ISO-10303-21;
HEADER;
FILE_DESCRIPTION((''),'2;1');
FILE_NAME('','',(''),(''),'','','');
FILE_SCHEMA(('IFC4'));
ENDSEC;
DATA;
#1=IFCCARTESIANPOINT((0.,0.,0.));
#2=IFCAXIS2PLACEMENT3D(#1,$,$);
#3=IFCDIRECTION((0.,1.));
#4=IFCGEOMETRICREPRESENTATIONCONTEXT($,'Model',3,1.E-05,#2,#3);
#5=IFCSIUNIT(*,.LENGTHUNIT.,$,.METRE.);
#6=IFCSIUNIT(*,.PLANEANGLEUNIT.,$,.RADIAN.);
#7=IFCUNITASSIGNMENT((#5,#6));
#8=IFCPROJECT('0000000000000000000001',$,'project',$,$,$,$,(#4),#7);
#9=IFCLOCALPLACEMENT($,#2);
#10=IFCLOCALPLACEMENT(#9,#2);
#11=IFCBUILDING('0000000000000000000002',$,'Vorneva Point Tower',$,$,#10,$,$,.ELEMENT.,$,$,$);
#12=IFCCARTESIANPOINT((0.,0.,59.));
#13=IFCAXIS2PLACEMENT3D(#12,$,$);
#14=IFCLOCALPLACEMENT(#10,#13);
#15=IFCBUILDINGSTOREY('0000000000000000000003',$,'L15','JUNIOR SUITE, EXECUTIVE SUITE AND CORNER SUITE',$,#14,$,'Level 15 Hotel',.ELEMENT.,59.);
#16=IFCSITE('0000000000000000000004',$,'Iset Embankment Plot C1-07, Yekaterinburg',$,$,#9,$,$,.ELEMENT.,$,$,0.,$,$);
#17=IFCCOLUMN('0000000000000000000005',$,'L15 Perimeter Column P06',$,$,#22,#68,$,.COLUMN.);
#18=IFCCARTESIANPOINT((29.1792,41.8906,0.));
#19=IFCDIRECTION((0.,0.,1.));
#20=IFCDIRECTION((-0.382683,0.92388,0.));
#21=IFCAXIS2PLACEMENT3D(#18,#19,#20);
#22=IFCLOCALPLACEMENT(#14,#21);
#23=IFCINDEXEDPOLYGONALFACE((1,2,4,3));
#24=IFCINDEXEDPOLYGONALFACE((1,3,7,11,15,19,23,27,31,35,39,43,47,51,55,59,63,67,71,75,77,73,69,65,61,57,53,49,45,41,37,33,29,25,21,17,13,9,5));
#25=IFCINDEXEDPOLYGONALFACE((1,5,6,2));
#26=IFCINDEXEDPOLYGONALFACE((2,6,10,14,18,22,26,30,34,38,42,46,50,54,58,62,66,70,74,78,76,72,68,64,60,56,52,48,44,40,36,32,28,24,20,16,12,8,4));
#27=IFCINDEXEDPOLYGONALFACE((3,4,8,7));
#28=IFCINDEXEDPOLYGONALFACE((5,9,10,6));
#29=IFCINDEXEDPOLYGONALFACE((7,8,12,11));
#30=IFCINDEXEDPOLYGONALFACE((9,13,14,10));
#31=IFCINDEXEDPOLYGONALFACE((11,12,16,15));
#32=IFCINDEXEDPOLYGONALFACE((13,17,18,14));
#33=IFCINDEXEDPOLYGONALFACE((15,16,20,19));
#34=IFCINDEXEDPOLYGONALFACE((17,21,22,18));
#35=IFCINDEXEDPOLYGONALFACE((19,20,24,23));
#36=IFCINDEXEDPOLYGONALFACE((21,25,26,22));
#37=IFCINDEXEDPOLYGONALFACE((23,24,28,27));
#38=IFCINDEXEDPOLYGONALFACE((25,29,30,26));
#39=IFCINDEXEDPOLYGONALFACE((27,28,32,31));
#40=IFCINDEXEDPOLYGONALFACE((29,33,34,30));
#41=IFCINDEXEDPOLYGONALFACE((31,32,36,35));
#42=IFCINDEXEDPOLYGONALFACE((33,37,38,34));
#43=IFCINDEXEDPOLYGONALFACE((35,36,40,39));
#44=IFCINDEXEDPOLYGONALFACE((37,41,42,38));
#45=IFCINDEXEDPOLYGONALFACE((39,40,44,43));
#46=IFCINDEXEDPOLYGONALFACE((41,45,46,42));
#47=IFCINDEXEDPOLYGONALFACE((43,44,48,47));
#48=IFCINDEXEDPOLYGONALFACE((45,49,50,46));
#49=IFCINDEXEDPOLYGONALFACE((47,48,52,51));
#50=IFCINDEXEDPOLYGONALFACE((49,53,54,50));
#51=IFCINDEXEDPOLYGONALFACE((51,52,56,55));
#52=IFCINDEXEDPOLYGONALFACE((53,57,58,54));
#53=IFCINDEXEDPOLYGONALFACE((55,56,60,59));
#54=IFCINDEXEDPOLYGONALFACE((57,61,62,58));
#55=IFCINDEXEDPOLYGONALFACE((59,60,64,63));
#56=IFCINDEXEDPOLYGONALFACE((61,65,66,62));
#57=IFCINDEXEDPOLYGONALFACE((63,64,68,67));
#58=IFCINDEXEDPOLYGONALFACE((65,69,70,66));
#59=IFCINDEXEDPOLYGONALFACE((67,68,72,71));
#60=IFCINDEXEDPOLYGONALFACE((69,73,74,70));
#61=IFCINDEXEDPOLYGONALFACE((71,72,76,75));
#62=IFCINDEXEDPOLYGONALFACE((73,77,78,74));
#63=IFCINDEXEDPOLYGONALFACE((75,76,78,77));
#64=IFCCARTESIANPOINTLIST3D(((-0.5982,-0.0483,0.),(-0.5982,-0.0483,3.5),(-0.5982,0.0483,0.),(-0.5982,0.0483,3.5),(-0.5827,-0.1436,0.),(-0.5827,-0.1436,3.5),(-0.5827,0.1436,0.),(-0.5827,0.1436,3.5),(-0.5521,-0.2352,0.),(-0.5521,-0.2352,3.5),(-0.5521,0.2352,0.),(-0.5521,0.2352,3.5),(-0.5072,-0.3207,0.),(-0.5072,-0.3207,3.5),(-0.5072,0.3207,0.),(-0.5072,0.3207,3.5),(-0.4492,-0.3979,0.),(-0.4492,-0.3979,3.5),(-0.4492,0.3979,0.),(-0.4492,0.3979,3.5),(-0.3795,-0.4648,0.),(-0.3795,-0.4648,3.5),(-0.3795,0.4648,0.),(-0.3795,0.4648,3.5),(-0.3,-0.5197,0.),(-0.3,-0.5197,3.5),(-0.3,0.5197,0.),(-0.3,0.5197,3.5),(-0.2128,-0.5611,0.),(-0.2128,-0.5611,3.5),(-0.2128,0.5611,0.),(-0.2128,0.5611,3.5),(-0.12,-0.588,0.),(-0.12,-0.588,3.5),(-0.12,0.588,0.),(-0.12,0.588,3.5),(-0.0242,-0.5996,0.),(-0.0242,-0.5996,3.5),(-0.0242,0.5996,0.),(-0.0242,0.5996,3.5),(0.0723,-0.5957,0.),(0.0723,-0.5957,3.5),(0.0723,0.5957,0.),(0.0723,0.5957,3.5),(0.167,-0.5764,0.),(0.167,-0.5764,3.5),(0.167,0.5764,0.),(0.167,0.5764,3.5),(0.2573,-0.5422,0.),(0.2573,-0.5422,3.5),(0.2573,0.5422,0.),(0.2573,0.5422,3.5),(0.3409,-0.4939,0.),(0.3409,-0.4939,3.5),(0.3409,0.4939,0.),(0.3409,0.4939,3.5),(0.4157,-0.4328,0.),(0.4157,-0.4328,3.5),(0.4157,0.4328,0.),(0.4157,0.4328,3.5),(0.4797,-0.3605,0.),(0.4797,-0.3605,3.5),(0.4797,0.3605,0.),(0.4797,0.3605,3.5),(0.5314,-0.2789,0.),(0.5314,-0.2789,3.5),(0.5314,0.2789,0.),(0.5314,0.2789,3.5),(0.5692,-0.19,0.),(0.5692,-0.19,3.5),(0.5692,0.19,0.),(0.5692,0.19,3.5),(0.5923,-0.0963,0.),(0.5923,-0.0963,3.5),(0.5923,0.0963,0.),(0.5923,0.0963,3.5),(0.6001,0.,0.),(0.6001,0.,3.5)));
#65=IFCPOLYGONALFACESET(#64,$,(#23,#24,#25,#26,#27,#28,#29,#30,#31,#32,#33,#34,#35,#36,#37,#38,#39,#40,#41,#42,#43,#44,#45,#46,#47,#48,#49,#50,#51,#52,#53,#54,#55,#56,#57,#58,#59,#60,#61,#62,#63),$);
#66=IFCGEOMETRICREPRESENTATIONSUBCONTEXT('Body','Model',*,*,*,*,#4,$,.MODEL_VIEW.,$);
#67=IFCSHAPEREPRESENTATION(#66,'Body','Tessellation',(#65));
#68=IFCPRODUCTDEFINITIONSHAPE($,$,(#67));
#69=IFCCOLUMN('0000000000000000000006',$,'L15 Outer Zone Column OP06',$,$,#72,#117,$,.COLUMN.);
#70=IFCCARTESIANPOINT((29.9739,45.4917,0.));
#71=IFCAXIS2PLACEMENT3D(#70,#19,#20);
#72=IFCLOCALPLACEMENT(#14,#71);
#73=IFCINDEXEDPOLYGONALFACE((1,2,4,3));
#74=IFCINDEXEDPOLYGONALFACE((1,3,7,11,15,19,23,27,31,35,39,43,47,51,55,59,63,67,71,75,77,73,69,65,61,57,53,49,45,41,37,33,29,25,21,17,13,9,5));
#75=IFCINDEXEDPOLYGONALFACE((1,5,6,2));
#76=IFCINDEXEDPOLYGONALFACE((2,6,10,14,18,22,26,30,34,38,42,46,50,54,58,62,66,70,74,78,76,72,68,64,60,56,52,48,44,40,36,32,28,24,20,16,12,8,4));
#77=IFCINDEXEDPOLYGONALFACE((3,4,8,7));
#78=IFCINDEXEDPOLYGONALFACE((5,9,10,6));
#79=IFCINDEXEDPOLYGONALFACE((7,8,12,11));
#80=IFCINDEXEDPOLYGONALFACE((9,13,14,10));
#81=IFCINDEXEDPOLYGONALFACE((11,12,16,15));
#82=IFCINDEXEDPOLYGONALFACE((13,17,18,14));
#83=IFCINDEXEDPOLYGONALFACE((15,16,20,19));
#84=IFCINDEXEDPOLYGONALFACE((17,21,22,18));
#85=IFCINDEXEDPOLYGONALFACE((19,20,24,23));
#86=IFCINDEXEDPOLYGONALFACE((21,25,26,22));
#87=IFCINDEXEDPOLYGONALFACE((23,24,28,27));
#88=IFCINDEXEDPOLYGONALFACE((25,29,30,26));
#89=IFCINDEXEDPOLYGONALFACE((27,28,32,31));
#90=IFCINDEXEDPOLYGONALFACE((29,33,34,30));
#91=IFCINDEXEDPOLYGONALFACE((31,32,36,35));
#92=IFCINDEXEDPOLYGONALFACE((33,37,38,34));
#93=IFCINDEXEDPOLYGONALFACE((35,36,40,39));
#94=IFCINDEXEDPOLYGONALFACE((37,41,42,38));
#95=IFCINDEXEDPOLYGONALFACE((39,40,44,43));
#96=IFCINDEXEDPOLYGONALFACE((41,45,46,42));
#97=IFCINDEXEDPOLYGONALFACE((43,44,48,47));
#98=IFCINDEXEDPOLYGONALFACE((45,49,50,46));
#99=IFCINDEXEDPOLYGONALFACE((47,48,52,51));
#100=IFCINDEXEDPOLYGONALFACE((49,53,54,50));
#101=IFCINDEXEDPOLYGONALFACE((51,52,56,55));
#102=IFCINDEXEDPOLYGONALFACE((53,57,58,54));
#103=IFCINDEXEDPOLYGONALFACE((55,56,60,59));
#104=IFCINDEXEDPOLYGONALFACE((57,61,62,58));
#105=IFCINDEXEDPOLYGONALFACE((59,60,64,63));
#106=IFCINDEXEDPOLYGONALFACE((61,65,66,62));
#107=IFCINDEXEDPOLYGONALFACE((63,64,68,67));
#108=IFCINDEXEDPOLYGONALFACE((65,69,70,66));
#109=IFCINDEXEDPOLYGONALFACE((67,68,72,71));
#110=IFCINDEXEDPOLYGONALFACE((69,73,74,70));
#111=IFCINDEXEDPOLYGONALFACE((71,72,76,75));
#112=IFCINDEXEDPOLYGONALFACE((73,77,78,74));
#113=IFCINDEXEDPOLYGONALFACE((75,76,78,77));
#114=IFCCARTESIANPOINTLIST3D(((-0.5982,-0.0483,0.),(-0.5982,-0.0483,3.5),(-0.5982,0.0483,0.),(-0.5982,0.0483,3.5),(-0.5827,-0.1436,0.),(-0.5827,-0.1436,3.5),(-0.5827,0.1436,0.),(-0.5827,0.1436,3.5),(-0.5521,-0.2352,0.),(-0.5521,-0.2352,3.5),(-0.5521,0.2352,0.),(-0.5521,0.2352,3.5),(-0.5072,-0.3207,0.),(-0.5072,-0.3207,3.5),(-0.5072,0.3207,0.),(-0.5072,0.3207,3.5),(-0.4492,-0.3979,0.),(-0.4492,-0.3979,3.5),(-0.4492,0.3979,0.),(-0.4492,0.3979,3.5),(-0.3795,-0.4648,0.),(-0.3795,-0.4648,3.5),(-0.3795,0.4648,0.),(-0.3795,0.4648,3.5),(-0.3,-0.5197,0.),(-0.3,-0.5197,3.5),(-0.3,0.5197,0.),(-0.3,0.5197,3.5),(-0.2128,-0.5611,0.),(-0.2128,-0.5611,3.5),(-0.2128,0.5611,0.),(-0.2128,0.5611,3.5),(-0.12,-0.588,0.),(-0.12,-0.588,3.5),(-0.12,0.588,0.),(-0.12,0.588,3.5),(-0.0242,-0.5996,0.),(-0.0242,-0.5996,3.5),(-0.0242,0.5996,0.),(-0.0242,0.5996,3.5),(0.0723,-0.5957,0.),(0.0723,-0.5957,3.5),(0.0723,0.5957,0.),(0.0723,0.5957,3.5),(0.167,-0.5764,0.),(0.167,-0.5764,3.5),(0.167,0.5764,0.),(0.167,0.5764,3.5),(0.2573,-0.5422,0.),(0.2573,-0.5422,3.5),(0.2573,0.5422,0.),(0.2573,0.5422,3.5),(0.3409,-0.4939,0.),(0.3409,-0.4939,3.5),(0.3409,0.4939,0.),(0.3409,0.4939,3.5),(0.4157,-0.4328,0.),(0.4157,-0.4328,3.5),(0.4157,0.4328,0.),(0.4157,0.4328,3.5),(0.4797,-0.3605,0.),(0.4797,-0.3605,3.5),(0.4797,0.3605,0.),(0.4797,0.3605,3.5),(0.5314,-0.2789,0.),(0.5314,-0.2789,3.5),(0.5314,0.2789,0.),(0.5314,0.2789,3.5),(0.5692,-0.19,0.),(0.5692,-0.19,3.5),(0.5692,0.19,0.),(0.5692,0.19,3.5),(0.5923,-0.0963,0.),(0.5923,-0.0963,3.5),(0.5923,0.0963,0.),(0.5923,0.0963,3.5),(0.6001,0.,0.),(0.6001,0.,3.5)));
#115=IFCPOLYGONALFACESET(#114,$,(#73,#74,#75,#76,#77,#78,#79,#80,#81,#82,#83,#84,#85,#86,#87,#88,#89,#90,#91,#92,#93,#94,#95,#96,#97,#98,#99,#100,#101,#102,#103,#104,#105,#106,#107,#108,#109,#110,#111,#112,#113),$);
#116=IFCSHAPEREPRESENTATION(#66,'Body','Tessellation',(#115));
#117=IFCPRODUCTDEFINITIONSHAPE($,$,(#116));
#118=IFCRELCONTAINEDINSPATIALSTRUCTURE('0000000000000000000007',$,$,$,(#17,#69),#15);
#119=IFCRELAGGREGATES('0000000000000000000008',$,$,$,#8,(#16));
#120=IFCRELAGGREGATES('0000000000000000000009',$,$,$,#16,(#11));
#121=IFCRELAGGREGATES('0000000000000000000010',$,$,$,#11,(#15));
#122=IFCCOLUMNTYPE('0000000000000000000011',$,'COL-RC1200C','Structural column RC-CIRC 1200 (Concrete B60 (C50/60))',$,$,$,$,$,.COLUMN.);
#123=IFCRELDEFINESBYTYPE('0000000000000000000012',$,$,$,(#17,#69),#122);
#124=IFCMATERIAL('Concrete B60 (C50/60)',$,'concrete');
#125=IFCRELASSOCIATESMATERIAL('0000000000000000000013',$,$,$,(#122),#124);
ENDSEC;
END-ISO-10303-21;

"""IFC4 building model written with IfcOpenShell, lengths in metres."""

from ifc_helpers import new_model, si_unit, direction, frame, origin, origin_2d, place, context, subcontext, project, spatial, circle, extrude, material, material_profile, profile_set, type_object, element, save


model = new_model("IFC4")

# Units and contexts
model_context = context("Model", 3, precision=1e-05, world=origin(), true_north=direction((0.0, 1.0)))
body_context = subcontext(model_context, "Body", "Model", "MODEL_VIEW")
ifc_project = project(units=[si_unit("LENGTHUNIT", "METRE"), si_unit("PLANEANGLEUNIT", "RADIAN")], contexts=[model_context])

# Site, building, storey
site_placement = place(None, origin())
site = spatial("IfcSite", under=ifc_project, at=site_placement, Name="Iset Embankment Plot C1-07, Yekaterinburg", CompositionType="ELEMENT", RefElevation=0.0)
building_placement = place(site_placement, origin())
building = spatial("IfcBuilding", under=site, at=building_placement, Name="Vorneva Point Tower", CompositionType="ELEMENT")
storey_placement = place(building_placement, frame((0.0, 0.0, 59.0)))
storey = spatial("IfcBuildingStorey", under=building, at=storey_placement, Name="L15", Description="JUNIOR SUITE, EXECUTIVE SUITE AND CORNER SUITE", LongName="Level 15 Hotel", CompositionType="ELEMENT", Elevation=59.0)

# Columns
ifc_material_1 = material(Name="Concrete B60 (C50/60)", Category="concrete")
ifc_material_profile_1 = material_profile(ifc_material_1, circle(Radius=0.6001, at=origin_2d()), Name="RC-CIRC 1200")
ifc_profile_set_1 = profile_set([ifc_material_profile_1], Name="Concrete B60 (C50/60)")
column_type = type_object("IfcColumnType", Name="COL-RC1200C", Description="Structural column RC-CIRC 1200 (Concrete B60 (C50/60))", PredefinedType="COLUMN", material=ifc_profile_set_1)
for number, where, z_axis, x_axis, name in (
    (1, (29.1792, 41.8906, 0.0), (0.0, 0.0, 1.0), (-0.382683, 0.92388, 0.0), "L15 Perimeter Column P06"),
    (2, (29.9739, 45.4917, 0.0), (0.0, 0.0, 1.0), (-0.382683, 0.92388, 0.0), "L15 Outer Zone Column OP06"),
):
    element("IfcColumn", number, at=place(storey_placement, frame(where, z_axis=z_axis, x_axis=x_axis)), inside=storey, type_object=column_type, Name=name, PredefinedType="COLUMN", context=body_context, shape_type="SweptSolid", body=[
        extrude(circle(Radius=0.6001, at=origin_2d()), origin(), (0.0, 0.0, 1.0), 3.5),
    ])

save(model, "model.ifc")
